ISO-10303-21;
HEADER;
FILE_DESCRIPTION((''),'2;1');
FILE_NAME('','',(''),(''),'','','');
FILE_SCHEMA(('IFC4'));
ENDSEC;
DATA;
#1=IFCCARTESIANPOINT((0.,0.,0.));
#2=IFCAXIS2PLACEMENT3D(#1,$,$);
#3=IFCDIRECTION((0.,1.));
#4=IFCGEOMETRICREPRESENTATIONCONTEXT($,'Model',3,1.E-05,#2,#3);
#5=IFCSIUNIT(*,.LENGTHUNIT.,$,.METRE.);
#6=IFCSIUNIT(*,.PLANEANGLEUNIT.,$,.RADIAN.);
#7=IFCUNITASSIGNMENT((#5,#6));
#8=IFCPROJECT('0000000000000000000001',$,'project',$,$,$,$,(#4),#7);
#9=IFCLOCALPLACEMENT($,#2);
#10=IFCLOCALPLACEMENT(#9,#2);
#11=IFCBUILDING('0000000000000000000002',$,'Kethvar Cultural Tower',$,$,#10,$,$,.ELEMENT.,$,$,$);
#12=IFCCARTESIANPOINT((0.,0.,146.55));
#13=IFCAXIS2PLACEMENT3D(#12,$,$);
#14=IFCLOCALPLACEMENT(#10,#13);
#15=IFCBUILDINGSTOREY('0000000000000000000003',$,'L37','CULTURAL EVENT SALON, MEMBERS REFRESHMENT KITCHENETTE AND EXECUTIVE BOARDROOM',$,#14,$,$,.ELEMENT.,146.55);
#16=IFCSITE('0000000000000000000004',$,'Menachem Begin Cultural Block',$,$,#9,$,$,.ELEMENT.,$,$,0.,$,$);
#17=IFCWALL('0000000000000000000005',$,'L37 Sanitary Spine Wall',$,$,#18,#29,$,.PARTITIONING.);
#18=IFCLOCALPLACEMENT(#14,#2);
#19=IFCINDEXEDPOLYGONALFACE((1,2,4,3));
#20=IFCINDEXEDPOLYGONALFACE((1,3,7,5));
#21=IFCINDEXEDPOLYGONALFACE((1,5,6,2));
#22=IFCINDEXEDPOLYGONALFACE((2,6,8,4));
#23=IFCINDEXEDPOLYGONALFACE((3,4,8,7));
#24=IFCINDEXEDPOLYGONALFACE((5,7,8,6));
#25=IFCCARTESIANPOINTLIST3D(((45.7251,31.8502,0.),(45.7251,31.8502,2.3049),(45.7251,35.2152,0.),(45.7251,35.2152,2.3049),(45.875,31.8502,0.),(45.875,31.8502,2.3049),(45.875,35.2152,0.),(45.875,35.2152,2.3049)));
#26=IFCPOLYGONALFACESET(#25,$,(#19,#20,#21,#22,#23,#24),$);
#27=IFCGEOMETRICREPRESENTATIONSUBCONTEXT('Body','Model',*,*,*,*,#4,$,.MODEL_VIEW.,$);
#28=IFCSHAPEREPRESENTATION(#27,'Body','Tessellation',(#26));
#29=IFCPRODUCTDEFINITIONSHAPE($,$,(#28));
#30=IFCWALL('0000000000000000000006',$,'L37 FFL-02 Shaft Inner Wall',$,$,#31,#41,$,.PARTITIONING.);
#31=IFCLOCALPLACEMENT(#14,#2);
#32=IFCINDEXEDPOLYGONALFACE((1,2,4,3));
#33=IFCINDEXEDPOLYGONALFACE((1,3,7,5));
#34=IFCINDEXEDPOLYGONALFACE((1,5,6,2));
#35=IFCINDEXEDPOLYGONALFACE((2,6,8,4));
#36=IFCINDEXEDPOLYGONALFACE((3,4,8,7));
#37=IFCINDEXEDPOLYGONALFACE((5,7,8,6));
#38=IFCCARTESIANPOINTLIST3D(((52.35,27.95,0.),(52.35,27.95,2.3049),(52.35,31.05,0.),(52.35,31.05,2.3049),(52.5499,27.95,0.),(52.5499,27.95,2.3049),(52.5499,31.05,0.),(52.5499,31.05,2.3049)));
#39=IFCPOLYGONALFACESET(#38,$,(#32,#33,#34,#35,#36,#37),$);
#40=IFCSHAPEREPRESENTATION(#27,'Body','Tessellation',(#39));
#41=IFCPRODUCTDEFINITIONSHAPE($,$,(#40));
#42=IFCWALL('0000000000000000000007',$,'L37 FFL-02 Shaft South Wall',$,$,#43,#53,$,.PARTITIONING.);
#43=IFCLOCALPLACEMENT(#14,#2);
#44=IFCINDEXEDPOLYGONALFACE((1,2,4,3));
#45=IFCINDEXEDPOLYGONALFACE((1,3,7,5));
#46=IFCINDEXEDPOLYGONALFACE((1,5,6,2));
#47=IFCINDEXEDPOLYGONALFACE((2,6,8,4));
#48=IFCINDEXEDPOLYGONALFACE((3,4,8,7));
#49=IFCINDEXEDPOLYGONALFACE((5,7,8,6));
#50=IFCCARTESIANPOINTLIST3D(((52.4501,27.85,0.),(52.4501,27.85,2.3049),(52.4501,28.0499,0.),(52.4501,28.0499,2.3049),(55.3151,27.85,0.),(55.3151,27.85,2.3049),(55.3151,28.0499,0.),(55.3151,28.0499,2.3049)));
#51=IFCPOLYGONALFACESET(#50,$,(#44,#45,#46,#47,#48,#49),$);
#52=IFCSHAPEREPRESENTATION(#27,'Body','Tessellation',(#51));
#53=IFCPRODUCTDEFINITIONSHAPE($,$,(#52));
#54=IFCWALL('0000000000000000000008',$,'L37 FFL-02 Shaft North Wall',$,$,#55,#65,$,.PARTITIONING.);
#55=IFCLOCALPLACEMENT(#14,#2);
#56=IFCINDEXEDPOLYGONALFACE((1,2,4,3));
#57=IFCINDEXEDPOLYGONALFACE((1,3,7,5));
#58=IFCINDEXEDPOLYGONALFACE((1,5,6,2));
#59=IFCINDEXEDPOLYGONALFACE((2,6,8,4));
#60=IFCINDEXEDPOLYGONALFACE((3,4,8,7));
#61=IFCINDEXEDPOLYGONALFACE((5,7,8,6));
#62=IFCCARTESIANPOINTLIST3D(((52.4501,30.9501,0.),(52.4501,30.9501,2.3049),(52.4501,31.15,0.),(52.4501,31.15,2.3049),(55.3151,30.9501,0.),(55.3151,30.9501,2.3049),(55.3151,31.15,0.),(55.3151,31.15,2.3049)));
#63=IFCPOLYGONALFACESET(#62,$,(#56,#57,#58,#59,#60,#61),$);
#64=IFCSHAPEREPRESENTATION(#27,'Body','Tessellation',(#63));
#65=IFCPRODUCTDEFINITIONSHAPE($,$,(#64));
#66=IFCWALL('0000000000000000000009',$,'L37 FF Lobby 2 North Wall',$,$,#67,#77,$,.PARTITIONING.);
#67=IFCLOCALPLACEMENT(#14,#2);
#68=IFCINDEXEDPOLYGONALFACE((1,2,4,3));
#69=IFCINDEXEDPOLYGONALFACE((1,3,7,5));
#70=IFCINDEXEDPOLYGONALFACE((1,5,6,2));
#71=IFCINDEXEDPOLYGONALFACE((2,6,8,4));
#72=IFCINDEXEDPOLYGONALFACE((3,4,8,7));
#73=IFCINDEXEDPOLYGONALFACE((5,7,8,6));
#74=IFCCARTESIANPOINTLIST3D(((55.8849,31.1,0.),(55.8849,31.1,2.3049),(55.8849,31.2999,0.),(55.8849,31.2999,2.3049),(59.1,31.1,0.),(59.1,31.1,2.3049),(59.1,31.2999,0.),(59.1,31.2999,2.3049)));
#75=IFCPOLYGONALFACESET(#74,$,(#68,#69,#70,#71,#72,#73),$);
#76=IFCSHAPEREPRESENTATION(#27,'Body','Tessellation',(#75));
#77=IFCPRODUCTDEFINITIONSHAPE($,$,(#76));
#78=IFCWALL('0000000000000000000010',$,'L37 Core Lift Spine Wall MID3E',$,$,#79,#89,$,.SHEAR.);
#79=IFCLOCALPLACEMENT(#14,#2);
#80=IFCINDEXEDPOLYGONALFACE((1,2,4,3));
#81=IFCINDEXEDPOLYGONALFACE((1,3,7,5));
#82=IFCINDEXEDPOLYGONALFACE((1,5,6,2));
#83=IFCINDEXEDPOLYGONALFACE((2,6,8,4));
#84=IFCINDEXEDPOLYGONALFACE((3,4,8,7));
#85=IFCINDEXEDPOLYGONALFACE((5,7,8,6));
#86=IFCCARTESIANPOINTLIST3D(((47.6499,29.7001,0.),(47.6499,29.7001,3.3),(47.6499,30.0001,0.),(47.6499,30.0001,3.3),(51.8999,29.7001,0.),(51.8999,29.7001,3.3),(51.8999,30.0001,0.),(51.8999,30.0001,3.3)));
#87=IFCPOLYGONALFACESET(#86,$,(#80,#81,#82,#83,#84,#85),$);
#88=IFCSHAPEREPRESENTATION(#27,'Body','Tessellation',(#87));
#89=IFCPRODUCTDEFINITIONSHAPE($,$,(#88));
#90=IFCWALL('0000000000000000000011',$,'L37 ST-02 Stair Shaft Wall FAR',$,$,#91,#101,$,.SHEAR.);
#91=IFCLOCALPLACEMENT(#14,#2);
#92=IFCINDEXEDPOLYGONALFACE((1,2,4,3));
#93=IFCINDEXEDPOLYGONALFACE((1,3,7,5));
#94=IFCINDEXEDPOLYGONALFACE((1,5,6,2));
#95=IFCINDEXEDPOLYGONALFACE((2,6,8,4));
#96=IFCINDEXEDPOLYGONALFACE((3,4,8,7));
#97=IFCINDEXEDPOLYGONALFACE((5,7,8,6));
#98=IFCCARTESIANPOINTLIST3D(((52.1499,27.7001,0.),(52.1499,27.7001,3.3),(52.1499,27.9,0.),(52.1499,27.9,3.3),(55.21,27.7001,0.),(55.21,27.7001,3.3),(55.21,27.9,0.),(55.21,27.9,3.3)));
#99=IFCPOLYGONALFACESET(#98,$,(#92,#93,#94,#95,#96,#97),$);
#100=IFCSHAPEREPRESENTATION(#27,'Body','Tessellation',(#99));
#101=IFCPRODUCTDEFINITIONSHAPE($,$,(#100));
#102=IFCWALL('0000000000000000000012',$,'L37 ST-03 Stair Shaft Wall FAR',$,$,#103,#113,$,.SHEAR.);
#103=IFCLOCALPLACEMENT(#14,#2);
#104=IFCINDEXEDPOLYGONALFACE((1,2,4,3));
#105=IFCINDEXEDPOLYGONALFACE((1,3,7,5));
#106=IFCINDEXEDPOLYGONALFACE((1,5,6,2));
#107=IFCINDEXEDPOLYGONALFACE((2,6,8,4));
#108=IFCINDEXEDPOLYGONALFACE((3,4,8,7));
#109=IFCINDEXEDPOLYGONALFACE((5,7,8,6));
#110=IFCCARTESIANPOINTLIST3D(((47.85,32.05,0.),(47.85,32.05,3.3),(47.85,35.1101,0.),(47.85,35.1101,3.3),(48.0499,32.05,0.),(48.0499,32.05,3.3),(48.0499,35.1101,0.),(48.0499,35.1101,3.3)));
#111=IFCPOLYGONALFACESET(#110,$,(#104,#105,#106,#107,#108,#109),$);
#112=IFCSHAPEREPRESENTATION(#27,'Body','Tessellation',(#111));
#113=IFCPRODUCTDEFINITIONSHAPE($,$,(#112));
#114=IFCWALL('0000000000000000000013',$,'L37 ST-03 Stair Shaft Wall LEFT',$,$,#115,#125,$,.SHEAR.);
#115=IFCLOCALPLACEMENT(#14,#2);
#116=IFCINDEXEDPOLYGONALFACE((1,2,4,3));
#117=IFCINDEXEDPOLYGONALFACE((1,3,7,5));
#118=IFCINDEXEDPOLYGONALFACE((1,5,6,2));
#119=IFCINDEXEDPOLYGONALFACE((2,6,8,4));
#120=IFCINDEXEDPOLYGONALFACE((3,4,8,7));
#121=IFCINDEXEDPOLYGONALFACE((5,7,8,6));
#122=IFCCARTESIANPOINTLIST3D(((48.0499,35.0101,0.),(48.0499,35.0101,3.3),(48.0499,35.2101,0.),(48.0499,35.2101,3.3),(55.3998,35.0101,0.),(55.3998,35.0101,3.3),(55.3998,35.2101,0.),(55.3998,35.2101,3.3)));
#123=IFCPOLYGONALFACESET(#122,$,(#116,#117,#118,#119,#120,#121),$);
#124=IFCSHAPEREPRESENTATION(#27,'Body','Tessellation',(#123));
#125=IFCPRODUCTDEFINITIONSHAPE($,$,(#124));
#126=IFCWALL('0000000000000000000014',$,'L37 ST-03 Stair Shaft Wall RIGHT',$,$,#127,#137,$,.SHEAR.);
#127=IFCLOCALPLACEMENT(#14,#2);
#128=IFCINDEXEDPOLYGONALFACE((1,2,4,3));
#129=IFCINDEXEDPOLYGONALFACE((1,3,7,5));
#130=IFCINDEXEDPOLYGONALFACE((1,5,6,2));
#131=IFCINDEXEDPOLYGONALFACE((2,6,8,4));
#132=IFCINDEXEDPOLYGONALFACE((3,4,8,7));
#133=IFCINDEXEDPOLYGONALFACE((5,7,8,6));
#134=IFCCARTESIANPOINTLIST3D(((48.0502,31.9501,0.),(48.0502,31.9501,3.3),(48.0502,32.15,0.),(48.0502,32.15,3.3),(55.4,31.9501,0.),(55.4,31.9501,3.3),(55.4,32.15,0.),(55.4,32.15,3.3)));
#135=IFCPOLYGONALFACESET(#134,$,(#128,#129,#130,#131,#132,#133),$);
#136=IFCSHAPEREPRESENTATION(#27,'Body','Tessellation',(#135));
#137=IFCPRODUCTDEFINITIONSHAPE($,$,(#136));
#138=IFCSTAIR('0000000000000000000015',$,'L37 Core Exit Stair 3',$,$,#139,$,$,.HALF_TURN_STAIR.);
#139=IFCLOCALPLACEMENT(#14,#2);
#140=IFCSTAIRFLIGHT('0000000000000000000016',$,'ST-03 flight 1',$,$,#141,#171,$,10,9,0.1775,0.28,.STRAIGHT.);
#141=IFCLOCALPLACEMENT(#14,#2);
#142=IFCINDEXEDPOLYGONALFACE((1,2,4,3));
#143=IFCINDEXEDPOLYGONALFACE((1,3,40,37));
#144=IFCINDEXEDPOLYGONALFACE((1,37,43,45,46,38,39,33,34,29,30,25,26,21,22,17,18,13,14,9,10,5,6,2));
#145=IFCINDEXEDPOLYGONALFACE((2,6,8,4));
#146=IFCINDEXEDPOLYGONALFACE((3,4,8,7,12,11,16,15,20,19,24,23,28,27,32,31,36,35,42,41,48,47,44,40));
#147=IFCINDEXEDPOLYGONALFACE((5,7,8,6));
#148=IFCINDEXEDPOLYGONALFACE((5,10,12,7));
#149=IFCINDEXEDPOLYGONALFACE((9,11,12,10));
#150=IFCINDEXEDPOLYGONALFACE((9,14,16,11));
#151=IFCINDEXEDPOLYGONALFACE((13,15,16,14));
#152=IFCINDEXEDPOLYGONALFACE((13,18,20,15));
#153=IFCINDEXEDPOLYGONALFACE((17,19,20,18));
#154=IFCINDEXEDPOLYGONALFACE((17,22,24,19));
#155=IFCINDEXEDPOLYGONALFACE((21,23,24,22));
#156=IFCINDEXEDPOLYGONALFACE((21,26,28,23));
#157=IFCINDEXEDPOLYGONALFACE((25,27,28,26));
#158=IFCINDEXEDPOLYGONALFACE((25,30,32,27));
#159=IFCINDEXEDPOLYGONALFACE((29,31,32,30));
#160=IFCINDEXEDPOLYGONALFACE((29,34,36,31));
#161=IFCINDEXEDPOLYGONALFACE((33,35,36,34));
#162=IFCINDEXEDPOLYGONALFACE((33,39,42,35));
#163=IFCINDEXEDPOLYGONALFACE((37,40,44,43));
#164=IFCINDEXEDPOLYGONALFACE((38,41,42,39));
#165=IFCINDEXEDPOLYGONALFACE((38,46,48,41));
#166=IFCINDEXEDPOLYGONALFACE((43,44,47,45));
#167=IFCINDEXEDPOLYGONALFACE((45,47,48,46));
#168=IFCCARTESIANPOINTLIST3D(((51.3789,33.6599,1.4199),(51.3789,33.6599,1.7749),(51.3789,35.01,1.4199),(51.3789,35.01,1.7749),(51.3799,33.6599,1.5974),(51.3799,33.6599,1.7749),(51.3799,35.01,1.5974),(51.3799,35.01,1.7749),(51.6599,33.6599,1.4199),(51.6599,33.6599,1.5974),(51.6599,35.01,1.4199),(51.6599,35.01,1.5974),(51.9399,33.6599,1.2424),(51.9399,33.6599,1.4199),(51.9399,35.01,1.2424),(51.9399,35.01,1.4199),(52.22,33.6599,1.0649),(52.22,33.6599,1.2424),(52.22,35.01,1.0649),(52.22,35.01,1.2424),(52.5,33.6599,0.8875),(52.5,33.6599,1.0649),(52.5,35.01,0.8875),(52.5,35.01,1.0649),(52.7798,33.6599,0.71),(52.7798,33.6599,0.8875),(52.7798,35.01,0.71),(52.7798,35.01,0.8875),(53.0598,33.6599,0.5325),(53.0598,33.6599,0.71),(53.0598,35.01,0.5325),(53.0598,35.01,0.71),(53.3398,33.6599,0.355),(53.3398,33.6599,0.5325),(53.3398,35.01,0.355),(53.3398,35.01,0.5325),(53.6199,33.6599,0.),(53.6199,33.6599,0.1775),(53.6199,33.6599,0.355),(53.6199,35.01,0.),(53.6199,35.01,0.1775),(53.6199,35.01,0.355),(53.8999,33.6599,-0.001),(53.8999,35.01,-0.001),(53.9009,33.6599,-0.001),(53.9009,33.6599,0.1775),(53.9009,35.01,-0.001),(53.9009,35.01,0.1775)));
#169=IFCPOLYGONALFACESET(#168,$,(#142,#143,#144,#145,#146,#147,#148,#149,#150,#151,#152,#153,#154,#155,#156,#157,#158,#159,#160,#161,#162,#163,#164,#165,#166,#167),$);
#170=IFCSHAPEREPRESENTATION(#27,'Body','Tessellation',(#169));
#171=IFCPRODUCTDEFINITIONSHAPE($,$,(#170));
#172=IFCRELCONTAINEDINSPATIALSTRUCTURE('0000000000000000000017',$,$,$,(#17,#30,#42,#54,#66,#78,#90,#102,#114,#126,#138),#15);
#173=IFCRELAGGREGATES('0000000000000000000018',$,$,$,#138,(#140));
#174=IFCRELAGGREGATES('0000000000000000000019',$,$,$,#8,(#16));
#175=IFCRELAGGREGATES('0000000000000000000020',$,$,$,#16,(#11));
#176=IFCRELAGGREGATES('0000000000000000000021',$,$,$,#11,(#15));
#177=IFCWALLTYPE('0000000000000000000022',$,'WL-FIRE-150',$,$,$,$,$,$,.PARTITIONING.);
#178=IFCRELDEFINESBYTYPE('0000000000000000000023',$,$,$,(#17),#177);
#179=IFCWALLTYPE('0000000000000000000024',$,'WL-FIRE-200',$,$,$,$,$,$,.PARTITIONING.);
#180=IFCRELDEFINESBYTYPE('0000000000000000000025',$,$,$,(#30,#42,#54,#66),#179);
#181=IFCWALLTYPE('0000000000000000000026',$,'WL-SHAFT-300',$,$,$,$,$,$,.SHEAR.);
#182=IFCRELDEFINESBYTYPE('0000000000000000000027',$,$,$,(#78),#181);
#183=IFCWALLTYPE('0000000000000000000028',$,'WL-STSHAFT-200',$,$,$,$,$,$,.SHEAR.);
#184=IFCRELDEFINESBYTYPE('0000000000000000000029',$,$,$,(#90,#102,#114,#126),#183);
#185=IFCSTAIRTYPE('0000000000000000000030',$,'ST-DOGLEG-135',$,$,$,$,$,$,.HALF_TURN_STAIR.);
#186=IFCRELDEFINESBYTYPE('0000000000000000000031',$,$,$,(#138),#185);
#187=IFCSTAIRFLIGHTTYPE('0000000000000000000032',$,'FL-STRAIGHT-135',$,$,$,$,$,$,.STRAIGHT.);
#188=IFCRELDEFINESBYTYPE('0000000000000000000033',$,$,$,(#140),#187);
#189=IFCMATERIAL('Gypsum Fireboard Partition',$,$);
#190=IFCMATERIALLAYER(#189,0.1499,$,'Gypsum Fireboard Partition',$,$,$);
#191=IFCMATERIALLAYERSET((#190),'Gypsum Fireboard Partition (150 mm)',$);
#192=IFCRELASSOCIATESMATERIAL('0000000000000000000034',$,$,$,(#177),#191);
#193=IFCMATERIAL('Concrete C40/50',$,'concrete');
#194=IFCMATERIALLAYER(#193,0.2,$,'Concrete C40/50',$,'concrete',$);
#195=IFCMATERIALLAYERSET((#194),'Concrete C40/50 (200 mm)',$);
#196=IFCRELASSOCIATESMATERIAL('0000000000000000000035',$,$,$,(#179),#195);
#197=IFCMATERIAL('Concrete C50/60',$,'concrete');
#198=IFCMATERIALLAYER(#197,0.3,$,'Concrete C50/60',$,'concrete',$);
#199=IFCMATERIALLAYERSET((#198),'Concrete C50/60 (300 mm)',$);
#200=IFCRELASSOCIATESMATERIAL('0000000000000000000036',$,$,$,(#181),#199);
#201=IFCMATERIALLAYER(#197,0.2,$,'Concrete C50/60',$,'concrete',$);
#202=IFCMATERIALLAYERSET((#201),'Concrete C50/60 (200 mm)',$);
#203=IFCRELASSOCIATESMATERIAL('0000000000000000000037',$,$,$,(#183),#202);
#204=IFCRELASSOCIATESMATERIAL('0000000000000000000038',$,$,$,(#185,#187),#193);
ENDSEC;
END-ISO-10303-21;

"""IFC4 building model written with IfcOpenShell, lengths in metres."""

from ifc_helpers import new_model, si_unit, direction, frame, frame_2d, origin, place, context, subcontext, project, spatial, polyline, rectangle, outline, extrude, material, layer, layer_set, type_object, element, aggregate, save


model = new_model("IFC4")

# Units and contexts
model_context = context("Model", 3, precision=1e-05, world=origin(), true_north=direction((0.0, 1.0)))
body_context = subcontext(model_context, "Body", "Model", "MODEL_VIEW")
ifc_project = project(units=[si_unit("LENGTHUNIT", "METRE"), si_unit("PLANEANGLEUNIT", "RADIAN")], contexts=[model_context])

# Site, building, storey
site_placement = place(None, origin())
site = spatial("IfcSite", under=ifc_project, at=site_placement, Name="Menachem Begin Cultural Block", CompositionType="ELEMENT", RefElevation=0.0)
building_placement = place(site_placement, origin())
building = spatial("IfcBuilding", under=site, at=building_placement, Name="Kethvar Cultural Tower", CompositionType="ELEMENT")
storey_placement = place(building_placement, frame((0.0, 0.0, 146.55)))
storey = spatial("IfcBuildingStorey", under=building, at=storey_placement, Name="L37", Description="CULTURAL EVENT SALON, MEMBERS REFRESHMENT KITCHENETTE AND EXECUTIVE BOARDROOM", CompositionType="ELEMENT", Elevation=146.55)

# Walls
ifc_material_1 = material(Name="Gypsum Fireboard Partition")
ifc_layer_1 = layer(ifc_material_1, 0.1499, Name="Gypsum Fireboard Partition")
ifc_layer_set_1 = layer_set([ifc_layer_1], Name="Gypsum Fireboard Partition (150 mm)")
wall_type_1 = type_object("IfcWallType", Name="WL-FIRE-150", PredefinedType="PARTITIONING", material=ifc_layer_set_1)
wall_1_placement = place(storey_placement, frame((45.8, 31.8501, 0.0), z_axis=(0.0, 0.0, 1.0), x_axis=(0.0, 1.0, 0.0)))
element("IfcWall", 1, at=wall_1_placement, inside=storey, type_object=wall_type_1, Name="L37 Sanitary Spine Wall", PredefinedType="PARTITIONING", context=body_context, shape_type="SweptSolid", body=[
    extrude(rectangle(XDim=3.365, YDim=0.1499, at=frame_2d((1.6826, 0.0))), origin(), (0.0, 0.0, 1.0), 2.3049),
])
ifc_material_2 = material(Name="Concrete C40/50", Category="concrete")
ifc_layer_2 = layer(ifc_material_2, 0.2, Name="Concrete C40/50", Category="concrete")
ifc_layer_set_2 = layer_set([ifc_layer_2], Name="Concrete C40/50 (200 mm)")
wall_type_2 = type_object("IfcWallType", Name="WL-FIRE-200", PredefinedType="PARTITIONING", material=ifc_layer_set_2)
wall_2_placement = place(storey_placement, frame((52.45, 27.95, 0.0), z_axis=(0.0, 0.0, 1.0), x_axis=(0.0, 1.0, 0.0)))
element("IfcWall", 2, at=wall_2_placement, inside=storey, type_object=wall_type_2, Name="L37 FFL-02 Shaft Inner Wall", PredefinedType="PARTITIONING", context=body_context, shape_type="SweptSolid", body=[
    extrude(rectangle(XDim=3.1001, YDim=0.2, at=frame_2d((1.55, 0.0))), origin(), (0.0, 0.0, 1.0), 2.3049),
])
for number, where, z_axis, x_axis, name in (
    (3, (52.45, 27.95, 0.0), (0.0, 0.0, 1.0), (1.0, 0.0, 0.0), "L37 FFL-02 Shaft South Wall"),
    (4, (52.45, 31.05, 0.0), (0.0, 0.0, 1.0), (1.0, 0.0, 0.0), "L37 FFL-02 Shaft North Wall"),
):
    element("IfcWall", number, at=place(storey_placement, frame(where, z_axis=z_axis, x_axis=x_axis)), inside=storey, type_object=wall_type_2, Name=name, PredefinedType="PARTITIONING", context=body_context, shape_type="SweptSolid", body=[
        extrude(rectangle(XDim=2.865, YDim=0.2, at=frame_2d((1.4326, 0.0))), origin(), (0.0, 0.0, 1.0), 2.3049),
    ])
wall_3_placement = place(storey_placement, frame((55.885, 31.2, 0.0), z_axis=(0.0, 0.0, 1.0), x_axis=(1.0, 0.0, 0.0)))
element("IfcWall", 5, at=wall_3_placement, inside=storey, type_object=wall_type_2, Name="L37 FF Lobby 2 North Wall", PredefinedType="PARTITIONING", context=body_context, shape_type="SweptSolid", body=[
    extrude(rectangle(XDim=3.2151, YDim=0.2, at=frame_2d((1.6074, 0.0))), origin(), (0.0, 0.0, 1.0), 2.3049),
])
ifc_material_3 = material(Name="Concrete C50/60", Category="concrete")
ifc_layer_3 = layer(ifc_material_3, 0.3, Name="Concrete C50/60", Category="concrete")
ifc_layer_set_3 = layer_set([ifc_layer_3], Name="Concrete C50/60 (300 mm)")
wall_type_3 = type_object("IfcWallType", Name="WL-SHAFT-300", PredefinedType="SHEAR", material=ifc_layer_set_3)
wall_4_placement = place(storey_placement, frame((47.6499, 29.8501, 0.0), z_axis=(0.0, 0.0, 1.0), x_axis=(1.0, 0.0, 0.0)))
element("IfcWall", 6, at=wall_4_placement, inside=storey, type_object=wall_type_3, Name="L37 Core Lift Spine Wall MID3E", PredefinedType="SHEAR", context=body_context, shape_type="SweptSolid", body=[
    extrude(rectangle(XDim=4.25, YDim=0.3, at=frame_2d((2.125, 0.0))), origin(), (0.0, 0.0, 1.0), 3.3),
])
ifc_layer_4 = layer(ifc_material_3, 0.2, Name="Concrete C50/60", Category="concrete")
ifc_layer_set_4 = layer_set([ifc_layer_4], Name="Concrete C50/60 (200 mm)")
wall_type_4 = type_object("IfcWallType", Name="WL-STSHAFT-200", PredefinedType="SHEAR", material=ifc_layer_set_4)
for number, where, z_axis, x_axis, name in (
    (7, (52.1499, 27.8, 0.0), (0.0, 0.0, 1.0), (1.0, 0.0, 0.0), "L37 ST-02 Stair Shaft Wall FAR"),
    (8, (47.95, 32.05, 0.0), (0.0, 0.0, 1.0), (0.0, 1.0, 0.0), "L37 ST-03 Stair Shaft Wall FAR"),
):
    element("IfcWall", number, at=place(storey_placement, frame(where, z_axis=z_axis, x_axis=x_axis)), inside=storey, type_object=wall_type_4, Name=name, PredefinedType="SHEAR", context=body_context, shape_type="SweptSolid", body=[
        extrude(rectangle(XDim=3.0601, YDim=0.2, at=frame_2d((1.53, 0.0))), origin(), (0.0, 0.0, 1.0), 3.3),
    ])
for number, where, z_axis, x_axis, name in (
    (9, (48.05, 35.1101, 0.0), (0.0, 0.0, 1.0), (1.0, 0.0, 0.0), "L37 ST-03 Stair Shaft Wall LEFT"),
    (10, (55.3999, 32.05, 0.0), (0.0, 0.0, 1.0), (-1.0, 0.0, 0.0), "L37 ST-03 Stair Shaft Wall RIGHT"),
):
    element("IfcWall", number, at=place(storey_placement, frame(where, z_axis=z_axis, x_axis=x_axis)), inside=storey, type_object=wall_type_4, Name=name, PredefinedType="SHEAR", context=body_context, shape_type="SweptSolid", body=[
        extrude(rectangle(XDim=7.3499, YDim=0.2, at=frame_2d((3.6748, 0.0))), origin(), (0.0, 0.0, 1.0), 3.3),
    ])

# Stair, stair flight
stair_type = type_object("IfcStairType", Name="ST-DOGLEG-135", PredefinedType="HALF_TURN_STAIR", material=ifc_material_2)
stair_placement = place(storey_placement, origin())
stair = element("IfcStair", 11, at=stair_placement, inside=storey, type_object=stair_type, Name="L37 Core Exit Stair 3", PredefinedType="HALF_TURN_STAIR")
stair_flight_type = type_object("IfcStairFlightType", Name="FL-STRAIGHT-135", PredefinedType="STRAIGHT", material=ifc_material_2)
stair_flight_1_placement = place(storey_placement, frame((53.8999, 34.335, 0.0), z_axis=(0.0, 0.0, 1.0), x_axis=(-1.0, 0.0, 0.0)))
stair_flight_1 = element("IfcStairFlight", 12, at=stair_flight_1_placement, type_object=stair_flight_type, Name="ST-03 flight 1", NumberOfRisers=10, NumberOfTreads=9, PredefinedType="STRAIGHT", RiserHeight=0.1775, TreadLength=0.28, context=body_context, shape_type="SweptSolid", body=[
    extrude(outline(polyline([(-0.001, -0.001), (-0.001, 0.1775), (0.28, 0.1775), (0.28, 0.355), (0.5601, 0.355), (0.5601, 0.5325), (0.8401, 0.5325), (0.8401, 0.71), (1.1201, 0.71), (1.1201, 0.8875), (1.3999, 0.8875), (1.3999, 1.0649), (1.6799, 1.0649), (1.6799, 1.2424), (1.96, 1.2424), (1.96, 1.4199), (2.24, 1.4199), (2.24, 1.5974), (2.52, 1.5974), (2.52, 1.7749), (2.521, 1.7749), (2.521, 1.4199), (0.28, 0.0), (0.0, -0.001), (-0.001, -0.001)])), frame((0.0, 0.675, 0.0), z_axis=(0.0, -1.0, 0.0), x_axis=(1.0, 0.0, 0.0)), (0.0, 0.0, 1.0), 1.3501),
])
aggregate(stair, [stair_flight_1])

save(model, "model.ifc")
